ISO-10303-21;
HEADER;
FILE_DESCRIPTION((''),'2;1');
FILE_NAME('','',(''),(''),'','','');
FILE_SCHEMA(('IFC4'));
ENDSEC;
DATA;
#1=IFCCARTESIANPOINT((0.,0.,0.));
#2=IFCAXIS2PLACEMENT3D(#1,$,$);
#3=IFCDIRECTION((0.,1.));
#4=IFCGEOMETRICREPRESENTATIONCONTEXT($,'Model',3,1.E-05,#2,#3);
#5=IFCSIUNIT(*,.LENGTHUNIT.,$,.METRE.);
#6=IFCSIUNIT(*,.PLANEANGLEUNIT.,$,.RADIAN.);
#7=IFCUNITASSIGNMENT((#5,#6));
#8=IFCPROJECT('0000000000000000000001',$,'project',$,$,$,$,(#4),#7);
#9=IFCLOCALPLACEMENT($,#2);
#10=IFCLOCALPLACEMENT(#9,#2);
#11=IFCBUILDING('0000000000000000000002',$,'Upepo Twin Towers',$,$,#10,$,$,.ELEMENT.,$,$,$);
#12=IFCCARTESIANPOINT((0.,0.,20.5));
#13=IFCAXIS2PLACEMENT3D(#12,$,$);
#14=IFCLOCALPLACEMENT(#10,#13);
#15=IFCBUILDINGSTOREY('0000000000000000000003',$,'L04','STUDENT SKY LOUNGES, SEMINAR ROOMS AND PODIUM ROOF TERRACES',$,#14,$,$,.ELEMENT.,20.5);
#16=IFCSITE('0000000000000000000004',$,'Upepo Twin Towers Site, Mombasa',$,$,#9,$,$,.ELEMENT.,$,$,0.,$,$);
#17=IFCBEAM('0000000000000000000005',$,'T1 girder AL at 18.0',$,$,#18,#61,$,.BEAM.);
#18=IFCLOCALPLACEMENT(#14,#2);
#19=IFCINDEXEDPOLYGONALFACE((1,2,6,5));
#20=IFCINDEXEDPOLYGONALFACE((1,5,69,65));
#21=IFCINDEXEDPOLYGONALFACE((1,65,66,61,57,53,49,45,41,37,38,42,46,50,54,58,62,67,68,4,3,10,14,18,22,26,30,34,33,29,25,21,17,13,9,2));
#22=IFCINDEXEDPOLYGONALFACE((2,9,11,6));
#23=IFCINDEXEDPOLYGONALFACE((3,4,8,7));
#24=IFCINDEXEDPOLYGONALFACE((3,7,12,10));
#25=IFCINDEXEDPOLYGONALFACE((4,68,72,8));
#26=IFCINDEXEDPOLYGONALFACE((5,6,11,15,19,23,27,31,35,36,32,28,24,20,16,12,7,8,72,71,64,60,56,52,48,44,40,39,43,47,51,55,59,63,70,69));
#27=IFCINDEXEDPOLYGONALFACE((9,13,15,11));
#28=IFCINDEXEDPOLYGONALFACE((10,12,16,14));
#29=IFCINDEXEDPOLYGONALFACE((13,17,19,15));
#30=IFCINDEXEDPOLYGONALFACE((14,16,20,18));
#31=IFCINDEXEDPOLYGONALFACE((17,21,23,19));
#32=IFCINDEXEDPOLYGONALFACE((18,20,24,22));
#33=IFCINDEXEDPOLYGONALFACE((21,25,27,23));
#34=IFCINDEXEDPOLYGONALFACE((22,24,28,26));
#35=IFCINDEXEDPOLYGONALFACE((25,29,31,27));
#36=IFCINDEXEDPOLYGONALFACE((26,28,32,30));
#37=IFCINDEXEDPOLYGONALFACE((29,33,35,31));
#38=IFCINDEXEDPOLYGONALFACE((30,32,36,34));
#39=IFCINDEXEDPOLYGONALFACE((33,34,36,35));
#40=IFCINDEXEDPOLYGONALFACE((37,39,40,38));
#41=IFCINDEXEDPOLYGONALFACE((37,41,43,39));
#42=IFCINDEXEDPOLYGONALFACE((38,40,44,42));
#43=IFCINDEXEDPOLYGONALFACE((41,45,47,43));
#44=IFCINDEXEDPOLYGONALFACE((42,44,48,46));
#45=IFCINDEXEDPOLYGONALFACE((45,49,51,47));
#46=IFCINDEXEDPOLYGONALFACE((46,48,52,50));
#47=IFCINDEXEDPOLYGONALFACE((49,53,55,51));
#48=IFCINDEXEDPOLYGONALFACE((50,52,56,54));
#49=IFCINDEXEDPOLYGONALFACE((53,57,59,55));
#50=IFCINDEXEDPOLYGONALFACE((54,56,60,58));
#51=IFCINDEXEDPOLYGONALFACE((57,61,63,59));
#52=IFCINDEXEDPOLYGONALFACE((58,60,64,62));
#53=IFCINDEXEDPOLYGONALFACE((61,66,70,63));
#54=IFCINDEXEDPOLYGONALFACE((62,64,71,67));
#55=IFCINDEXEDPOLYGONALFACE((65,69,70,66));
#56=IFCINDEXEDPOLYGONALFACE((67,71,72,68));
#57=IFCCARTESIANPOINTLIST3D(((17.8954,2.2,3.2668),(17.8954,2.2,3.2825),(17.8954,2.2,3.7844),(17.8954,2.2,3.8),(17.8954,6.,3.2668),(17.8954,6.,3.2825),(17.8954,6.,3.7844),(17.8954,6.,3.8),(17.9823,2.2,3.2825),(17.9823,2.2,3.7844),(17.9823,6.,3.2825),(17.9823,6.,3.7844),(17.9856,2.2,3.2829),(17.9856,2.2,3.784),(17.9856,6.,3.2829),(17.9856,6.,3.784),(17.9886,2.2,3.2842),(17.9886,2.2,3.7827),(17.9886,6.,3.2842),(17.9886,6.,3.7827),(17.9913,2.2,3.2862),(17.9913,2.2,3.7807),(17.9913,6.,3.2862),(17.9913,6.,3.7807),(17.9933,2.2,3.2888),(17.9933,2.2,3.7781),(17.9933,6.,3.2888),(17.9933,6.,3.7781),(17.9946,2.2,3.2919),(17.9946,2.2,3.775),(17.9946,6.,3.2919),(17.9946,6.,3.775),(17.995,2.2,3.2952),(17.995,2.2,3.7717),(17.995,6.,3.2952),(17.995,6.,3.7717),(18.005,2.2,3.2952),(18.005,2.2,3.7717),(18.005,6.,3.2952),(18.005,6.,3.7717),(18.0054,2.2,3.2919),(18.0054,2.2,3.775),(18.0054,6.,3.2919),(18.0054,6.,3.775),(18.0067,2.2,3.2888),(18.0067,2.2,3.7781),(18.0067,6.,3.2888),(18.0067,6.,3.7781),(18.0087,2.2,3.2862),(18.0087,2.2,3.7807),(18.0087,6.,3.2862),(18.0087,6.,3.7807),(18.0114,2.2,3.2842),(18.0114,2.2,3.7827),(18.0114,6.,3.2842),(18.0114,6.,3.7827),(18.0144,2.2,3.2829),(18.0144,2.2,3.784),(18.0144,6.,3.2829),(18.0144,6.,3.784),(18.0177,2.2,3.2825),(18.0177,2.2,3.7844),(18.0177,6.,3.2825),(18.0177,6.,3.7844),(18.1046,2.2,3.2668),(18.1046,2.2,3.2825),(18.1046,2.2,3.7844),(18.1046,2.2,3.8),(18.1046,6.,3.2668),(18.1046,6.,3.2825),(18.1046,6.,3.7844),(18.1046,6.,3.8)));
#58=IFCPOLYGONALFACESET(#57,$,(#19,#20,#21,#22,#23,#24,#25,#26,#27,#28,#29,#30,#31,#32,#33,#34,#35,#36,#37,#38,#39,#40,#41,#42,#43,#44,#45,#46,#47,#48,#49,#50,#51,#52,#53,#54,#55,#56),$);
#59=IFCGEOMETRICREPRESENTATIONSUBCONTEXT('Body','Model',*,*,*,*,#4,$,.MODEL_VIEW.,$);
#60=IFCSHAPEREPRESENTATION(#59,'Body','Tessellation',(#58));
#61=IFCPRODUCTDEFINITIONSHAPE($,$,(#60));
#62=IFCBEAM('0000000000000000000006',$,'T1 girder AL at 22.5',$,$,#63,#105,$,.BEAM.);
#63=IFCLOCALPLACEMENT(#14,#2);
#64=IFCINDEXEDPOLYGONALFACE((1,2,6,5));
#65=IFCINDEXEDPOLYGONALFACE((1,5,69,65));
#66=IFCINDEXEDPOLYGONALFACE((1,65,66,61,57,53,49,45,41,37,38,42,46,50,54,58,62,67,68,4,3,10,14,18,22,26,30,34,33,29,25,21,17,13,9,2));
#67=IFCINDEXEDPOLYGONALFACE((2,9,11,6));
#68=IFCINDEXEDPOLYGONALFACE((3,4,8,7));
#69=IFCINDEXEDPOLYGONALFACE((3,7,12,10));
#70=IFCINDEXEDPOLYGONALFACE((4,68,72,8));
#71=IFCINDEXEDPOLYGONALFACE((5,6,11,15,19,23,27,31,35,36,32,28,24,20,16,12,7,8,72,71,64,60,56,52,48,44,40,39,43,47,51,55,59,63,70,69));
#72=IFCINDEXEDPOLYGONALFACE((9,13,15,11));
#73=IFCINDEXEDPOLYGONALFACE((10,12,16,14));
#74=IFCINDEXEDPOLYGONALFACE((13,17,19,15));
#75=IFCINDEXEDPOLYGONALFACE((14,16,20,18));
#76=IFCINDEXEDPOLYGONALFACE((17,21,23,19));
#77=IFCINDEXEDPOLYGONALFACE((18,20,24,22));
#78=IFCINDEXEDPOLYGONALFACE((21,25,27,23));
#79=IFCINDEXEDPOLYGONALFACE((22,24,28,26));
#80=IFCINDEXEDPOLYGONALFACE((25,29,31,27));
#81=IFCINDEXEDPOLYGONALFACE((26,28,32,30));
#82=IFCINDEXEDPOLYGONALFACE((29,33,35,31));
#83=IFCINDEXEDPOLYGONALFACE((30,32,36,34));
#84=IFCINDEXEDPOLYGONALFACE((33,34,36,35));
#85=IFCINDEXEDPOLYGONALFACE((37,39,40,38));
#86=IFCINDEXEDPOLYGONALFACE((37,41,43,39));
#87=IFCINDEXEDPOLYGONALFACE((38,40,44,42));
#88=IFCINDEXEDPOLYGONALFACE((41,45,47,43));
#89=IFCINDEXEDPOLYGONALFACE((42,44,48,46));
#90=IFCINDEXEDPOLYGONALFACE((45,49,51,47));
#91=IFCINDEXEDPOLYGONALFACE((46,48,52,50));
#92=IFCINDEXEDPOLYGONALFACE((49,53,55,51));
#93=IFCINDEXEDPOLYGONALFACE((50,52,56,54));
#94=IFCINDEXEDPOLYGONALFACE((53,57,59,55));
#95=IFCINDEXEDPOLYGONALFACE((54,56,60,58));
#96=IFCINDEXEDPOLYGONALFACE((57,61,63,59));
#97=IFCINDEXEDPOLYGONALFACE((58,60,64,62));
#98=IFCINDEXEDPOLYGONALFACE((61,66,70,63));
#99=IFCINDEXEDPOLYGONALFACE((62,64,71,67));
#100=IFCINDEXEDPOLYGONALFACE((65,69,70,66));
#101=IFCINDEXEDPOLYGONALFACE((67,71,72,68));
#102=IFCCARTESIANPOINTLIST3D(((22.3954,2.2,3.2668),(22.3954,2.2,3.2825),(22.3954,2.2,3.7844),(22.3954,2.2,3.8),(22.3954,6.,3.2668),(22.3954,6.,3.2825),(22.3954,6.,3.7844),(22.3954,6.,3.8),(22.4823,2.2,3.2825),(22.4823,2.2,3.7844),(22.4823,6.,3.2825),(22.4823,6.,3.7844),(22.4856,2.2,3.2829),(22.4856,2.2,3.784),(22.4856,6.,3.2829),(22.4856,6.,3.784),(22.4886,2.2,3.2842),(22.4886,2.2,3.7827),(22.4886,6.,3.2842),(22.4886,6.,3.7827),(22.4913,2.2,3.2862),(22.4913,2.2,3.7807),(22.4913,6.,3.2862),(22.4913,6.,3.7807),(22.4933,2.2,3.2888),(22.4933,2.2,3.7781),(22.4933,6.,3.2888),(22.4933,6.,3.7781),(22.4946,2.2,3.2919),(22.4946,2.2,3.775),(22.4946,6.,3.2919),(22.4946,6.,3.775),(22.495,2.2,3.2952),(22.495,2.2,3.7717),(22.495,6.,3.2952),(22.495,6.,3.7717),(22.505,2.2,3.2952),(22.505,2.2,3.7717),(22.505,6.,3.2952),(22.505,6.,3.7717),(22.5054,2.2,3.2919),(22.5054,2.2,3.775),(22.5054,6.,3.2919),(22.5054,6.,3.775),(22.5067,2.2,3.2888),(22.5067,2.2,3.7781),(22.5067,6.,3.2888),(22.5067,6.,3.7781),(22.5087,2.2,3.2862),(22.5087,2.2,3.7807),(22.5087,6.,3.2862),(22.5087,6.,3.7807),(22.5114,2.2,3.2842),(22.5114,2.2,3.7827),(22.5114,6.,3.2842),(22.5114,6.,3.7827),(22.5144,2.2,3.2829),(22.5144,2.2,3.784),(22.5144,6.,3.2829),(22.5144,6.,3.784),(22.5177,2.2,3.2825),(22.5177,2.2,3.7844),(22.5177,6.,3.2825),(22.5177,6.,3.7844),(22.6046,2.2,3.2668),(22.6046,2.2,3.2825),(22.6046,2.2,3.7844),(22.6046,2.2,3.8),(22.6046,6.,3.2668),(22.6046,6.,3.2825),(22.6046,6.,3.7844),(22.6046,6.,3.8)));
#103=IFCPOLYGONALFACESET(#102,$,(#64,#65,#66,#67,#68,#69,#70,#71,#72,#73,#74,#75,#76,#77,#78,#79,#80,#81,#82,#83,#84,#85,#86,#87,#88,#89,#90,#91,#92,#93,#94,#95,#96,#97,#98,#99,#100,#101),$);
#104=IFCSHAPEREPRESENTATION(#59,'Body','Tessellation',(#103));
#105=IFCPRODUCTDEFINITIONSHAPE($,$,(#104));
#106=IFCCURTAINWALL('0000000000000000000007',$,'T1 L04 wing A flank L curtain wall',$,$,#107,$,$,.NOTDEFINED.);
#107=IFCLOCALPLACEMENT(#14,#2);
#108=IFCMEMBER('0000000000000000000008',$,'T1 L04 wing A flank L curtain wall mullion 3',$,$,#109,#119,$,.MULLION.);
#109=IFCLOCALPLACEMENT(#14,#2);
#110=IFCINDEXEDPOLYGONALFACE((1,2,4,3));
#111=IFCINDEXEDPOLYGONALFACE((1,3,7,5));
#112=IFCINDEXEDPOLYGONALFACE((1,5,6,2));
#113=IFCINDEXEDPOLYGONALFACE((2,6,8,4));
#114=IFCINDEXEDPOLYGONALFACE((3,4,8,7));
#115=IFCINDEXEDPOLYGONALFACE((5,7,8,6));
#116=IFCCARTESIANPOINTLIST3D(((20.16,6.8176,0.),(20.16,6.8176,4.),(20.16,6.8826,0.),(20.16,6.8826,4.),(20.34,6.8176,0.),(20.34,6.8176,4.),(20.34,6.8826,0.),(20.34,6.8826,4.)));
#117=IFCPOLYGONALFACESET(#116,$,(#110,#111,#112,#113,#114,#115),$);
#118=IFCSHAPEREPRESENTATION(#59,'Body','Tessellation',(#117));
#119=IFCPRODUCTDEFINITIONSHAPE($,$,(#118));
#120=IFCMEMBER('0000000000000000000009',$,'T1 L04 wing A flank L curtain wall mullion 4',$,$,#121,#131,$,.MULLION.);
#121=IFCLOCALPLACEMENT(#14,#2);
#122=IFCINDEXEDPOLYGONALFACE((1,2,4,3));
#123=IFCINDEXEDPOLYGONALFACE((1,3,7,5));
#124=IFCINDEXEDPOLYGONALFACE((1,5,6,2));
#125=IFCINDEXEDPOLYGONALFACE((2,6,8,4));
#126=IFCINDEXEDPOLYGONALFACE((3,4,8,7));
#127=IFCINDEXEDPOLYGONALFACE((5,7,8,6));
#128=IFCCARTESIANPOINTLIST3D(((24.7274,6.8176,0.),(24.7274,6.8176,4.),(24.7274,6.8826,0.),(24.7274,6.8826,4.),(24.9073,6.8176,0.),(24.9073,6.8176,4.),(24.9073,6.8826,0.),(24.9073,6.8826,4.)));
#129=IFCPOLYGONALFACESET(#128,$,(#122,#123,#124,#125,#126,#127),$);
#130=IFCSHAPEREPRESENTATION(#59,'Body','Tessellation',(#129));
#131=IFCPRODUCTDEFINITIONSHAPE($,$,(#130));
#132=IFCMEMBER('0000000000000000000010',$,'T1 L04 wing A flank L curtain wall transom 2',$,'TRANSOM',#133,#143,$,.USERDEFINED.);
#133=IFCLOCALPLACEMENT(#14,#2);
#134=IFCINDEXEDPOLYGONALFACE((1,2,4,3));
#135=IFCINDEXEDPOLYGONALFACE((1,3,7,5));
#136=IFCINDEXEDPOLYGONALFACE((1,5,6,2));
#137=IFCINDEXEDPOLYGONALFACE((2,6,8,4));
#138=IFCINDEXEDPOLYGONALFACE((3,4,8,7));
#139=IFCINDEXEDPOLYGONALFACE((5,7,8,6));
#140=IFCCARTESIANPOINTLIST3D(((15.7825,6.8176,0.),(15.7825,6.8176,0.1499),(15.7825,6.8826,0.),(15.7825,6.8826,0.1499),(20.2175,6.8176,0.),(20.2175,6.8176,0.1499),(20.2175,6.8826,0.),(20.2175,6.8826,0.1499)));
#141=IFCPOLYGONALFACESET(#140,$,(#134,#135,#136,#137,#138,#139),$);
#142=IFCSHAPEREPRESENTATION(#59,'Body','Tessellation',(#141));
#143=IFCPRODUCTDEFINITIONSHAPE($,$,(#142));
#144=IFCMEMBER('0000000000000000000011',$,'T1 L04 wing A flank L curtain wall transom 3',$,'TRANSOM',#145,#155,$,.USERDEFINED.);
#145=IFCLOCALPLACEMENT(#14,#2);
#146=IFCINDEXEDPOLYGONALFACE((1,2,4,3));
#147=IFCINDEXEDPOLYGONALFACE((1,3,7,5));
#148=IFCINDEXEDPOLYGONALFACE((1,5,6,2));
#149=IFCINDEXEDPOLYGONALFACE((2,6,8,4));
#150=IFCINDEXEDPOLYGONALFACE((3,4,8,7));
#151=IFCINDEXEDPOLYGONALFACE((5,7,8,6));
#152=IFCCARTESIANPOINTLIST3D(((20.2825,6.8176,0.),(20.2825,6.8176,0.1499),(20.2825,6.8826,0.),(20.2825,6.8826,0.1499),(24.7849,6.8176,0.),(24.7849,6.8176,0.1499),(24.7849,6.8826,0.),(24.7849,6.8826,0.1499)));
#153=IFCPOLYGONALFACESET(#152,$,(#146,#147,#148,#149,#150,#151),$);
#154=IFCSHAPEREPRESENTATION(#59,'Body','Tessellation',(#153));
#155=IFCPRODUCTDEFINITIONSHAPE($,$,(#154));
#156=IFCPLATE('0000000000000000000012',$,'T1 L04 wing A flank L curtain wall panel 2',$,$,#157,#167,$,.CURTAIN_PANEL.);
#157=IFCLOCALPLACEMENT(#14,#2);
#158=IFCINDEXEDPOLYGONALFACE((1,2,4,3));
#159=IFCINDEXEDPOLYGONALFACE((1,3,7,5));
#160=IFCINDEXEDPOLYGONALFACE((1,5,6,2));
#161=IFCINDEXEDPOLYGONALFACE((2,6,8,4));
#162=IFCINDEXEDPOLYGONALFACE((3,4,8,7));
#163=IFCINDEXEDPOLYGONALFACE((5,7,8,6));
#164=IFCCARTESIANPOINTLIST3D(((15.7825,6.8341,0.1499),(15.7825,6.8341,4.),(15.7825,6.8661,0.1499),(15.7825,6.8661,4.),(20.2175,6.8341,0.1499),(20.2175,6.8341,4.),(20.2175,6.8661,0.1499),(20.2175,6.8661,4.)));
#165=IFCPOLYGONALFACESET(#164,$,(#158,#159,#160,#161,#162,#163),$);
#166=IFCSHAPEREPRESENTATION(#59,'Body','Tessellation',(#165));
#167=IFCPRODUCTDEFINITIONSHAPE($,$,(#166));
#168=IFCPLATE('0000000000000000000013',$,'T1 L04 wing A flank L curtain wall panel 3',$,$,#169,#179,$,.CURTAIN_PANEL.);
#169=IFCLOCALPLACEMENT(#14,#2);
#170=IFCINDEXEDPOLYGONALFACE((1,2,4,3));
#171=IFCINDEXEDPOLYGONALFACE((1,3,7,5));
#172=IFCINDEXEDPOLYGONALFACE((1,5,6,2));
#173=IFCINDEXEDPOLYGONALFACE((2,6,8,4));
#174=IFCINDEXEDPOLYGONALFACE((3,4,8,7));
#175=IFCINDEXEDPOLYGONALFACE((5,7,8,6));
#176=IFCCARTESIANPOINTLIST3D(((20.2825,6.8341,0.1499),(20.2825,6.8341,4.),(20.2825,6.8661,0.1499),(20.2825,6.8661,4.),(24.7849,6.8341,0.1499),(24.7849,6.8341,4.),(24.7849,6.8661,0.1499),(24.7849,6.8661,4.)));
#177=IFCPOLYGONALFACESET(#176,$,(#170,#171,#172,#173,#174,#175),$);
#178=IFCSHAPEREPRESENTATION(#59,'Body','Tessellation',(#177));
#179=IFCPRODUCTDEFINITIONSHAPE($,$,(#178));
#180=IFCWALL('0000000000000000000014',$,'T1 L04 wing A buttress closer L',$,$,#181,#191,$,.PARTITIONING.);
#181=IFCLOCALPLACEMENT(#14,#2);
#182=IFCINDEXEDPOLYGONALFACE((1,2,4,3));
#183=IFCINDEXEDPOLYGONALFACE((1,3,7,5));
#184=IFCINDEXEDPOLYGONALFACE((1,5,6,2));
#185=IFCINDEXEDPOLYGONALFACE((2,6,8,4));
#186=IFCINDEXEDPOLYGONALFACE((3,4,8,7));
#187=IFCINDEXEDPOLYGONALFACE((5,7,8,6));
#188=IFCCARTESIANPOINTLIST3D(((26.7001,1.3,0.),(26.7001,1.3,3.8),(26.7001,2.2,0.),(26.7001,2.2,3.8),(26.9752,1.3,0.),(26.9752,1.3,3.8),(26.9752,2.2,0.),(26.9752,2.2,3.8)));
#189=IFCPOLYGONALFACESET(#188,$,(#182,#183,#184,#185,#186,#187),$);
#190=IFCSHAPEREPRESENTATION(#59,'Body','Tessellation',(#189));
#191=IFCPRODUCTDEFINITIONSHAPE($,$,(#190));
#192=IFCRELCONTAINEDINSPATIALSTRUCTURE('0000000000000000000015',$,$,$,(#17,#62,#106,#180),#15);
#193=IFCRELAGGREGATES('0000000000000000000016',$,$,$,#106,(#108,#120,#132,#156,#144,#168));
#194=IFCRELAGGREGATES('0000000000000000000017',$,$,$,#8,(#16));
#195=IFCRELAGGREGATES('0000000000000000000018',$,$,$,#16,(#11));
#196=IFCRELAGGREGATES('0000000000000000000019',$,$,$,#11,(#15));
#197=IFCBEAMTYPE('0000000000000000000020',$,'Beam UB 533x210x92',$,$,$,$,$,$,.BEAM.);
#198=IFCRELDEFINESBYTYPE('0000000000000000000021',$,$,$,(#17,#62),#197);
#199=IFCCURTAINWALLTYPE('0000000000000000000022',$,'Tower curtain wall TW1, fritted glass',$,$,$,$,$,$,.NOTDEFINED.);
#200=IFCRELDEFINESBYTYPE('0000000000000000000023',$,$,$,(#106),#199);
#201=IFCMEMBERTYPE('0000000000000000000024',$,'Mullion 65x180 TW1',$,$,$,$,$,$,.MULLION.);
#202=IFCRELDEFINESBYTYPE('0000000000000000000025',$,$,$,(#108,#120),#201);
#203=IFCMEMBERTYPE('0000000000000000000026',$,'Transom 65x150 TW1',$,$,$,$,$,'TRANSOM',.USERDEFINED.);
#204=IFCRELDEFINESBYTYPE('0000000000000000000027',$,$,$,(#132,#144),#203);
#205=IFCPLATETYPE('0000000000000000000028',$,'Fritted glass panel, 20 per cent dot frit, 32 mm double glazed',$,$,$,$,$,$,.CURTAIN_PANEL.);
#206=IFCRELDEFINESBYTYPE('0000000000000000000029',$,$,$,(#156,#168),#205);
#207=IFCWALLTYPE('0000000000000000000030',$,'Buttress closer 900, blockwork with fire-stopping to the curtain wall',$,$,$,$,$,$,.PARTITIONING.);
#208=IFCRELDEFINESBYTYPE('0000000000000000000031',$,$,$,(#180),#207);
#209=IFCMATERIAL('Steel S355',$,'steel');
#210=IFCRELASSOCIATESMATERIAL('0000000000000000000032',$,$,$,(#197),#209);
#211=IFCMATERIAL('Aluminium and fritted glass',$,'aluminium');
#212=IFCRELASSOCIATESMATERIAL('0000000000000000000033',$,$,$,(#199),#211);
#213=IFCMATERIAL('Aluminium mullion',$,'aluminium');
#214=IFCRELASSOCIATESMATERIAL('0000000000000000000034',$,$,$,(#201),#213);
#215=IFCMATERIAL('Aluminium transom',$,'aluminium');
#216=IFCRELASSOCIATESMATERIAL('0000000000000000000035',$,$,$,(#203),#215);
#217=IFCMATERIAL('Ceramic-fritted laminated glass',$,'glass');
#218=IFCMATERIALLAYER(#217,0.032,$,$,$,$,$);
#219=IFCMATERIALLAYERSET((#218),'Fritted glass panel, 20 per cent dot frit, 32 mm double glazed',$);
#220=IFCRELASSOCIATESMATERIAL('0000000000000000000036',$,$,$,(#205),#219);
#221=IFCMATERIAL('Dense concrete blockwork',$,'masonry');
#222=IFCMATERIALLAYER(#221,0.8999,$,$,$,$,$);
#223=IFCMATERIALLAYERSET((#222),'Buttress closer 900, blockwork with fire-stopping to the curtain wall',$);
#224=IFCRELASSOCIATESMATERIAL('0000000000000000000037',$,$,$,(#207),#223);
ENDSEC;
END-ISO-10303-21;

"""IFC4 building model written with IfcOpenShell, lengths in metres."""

from ifc_helpers import new_model, si_unit, direction, frame, frame_2d, origin, origin_2d, place, context, subcontext, project, spatial, rectangle, i_section, extrude, material, layer, layer_set, material_profile, profile_set, type_object, element, aggregate, save


model = new_model("IFC4")

# Units and contexts
model_context = context("Model", 3, precision=1e-05, world=origin(), true_north=direction((0.0, 1.0)))
body_context = subcontext(model_context, "Body", "Model", "MODEL_VIEW")
ifc_project = project(units=[si_unit("LENGTHUNIT", "METRE"), si_unit("PLANEANGLEUNIT", "RADIAN")], contexts=[model_context])

# Site, building, storey
site_placement = place(None, origin())
site = spatial("IfcSite", under=ifc_project, at=site_placement, Name="Upepo Twin Towers Site, Mombasa", CompositionType="ELEMENT", RefElevation=0.0)
building_placement = place(site_placement, origin())
building = spatial("IfcBuilding", under=site, at=building_placement, Name="Upepo Twin Towers", CompositionType="ELEMENT")
storey_placement = place(building_placement, frame((0.0, 0.0, 20.5)))
storey = spatial("IfcBuildingStorey", under=building, at=storey_placement, Name="L04", Description="STUDENT SKY LOUNGES, SEMINAR ROOMS AND PODIUM ROOF TERRACES", CompositionType="ELEMENT", Elevation=20.5)

# Beams
ifc_material_1 = material(Name="Steel S355", Category="steel")
ifc_material_profile_1 = material_profile(ifc_material_1, i_section(OverallWidth=0.2092, OverallDepth=0.5332, WebThickness=0.01, FlangeThickness=0.0156, FilletRadius=0.0127, at=origin_2d()), Name="UB 533x210x92")
ifc_profile_set_1 = profile_set([ifc_material_profile_1], Name="Steel S355")
beam_type_1 = type_object("IfcBeamType", Name="Beam UB 533x210x92", PredefinedType="BEAM", material=ifc_profile_set_1)
for number, where, z_axis, x_axis, name in (
    (1, (18.0, 6.0, 3.5334), (0.0, -1.0, 0.0), (1.0, 0.0, 0.0), "T1 girder AL at 18.0"),
    (2, (22.5, 6.0, 3.5334), (0.0, -1.0, 0.0), (1.0, 0.0, 0.0), "T1 girder AL at 22.5"),
):
    element("IfcBeam", number, at=place(storey_placement, frame(where, z_axis=z_axis, x_axis=x_axis)), inside=storey, type_object=beam_type_1, Name=name, PredefinedType="BEAM", context=body_context, shape_type="SweptSolid", body=[
        extrude(i_section(OverallWidth=0.2092, OverallDepth=0.5332, WebThickness=0.01, FlangeThickness=0.0156, FilletRadius=0.0127, at=origin_2d()), origin(), (0.0, 0.0, 1.0), 3.8),
    ])

# Curtain wall, members, plates
ifc_material_2 = material(Name="Aluminium and fritted glass", Category="aluminium")
curtain_wall_type = type_object("IfcCurtainWallType", Name="Tower curtain wall TW1, fritted glass", PredefinedType="NOTDEFINED", material=ifc_material_2)
curtain_wall_placement = place(storey_placement, origin())
curtain_wall = element("IfcCurtainWall", 3, at=curtain_wall_placement, inside=storey, type_object=curtain_wall_type, Name="T1 L04 wing A flank L curtain wall", PredefinedType="NOTDEFINED")
ifc_material_3 = material(Name="Aluminium mullion", Category="aluminium")
ifc_material_profile_2 = material_profile(ifc_material_3, rectangle(XDim=0.0649, YDim=0.1799, at=origin_2d()), Name="MULLION 65x180")
ifc_profile_set_2 = profile_set([ifc_material_profile_2], Name="Aluminium mullion")
member_type_1 = type_object("IfcMemberType", Name="Mullion 65x180 TW1", PredefinedType="MULLION", material=ifc_profile_set_2)
member_1_placement = place(storey_placement, frame((20.25, 6.8501, 0.0), z_axis=(0.0, 0.0, 1.0), x_axis=(0.0, 1.0, 0.0)))
member_1 = element("IfcMember", 4, at=member_1_placement, type_object=member_type_1, Name="T1 L04 wing A flank L curtain wall mullion 3", PredefinedType="MULLION", context=body_context, shape_type="SweptSolid", body=[
    extrude(rectangle(XDim=0.0649, YDim=0.1799, at=origin_2d()), origin(), (0.0, 0.0, 1.0), 4.0),
])
member_2_placement = place(storey_placement, frame((24.8174, 6.8501, 0.0), z_axis=(0.0, 0.0, 1.0), x_axis=(0.0, 1.0, 0.0)))
member_2 = element("IfcMember", 5, at=member_2_placement, type_object=member_type_1, Name="T1 L04 wing A flank L curtain wall mullion 4", PredefinedType="MULLION", context=body_context, shape_type="SweptSolid", body=[
    extrude(rectangle(XDim=0.0649, YDim=0.1799, at=origin_2d()), origin(), (0.0, 0.0, 1.0), 4.0),
])
ifc_material_4 = material(Name="Aluminium transom", Category="aluminium")
ifc_material_profile_3 = material_profile(ifc_material_4, rectangle(XDim=0.0649, YDim=0.1499, at=origin_2d()), Name="TRANSOM 65x150")
ifc_profile_set_3 = profile_set([ifc_material_profile_3], Name="Aluminium transom")
member_type_2 = type_object("IfcMemberType", Name="Transom 65x150 TW1", ElementType="TRANSOM", PredefinedType="USERDEFINED", material=ifc_profile_set_3)
member_3_placement = place(storey_placement, frame((15.7825, 6.8501, 0.075), z_axis=(1.0, 0.0, 0.0), x_axis=(0.0, 1.0, 0.0)))
member_3 = element("IfcMember", 6, at=member_3_placement, type_object=member_type_2, Name="T1 L04 wing A flank L curtain wall transom 2", ObjectType="TRANSOM", PredefinedType="USERDEFINED", context=body_context, shape_type="SweptSolid", body=[
    extrude(rectangle(XDim=0.0649, YDim=0.1499, at=origin_2d()), origin(), (0.0, 0.0, 1.0), 4.4351),
])
member_4_placement = place(storey_placement, frame((20.2825, 6.8501, 0.075), z_axis=(1.0, 0.0, 0.0), x_axis=(0.0, 1.0, 0.0)))
member_4 = element("IfcMember", 7, at=member_4_placement, type_object=member_type_2, Name="T1 L04 wing A flank L curtain wall transom 3", ObjectType="TRANSOM", PredefinedType="USERDEFINED", context=body_context, shape_type="SweptSolid", body=[
    extrude(rectangle(XDim=0.0649, YDim=0.1499, at=origin_2d()), origin(), (0.0, 0.0, 1.0), 4.5024),
])
ifc_material_5 = material(Name="Ceramic-fritted laminated glass", Category="glass")
ifc_layer_1 = layer(ifc_material_5, 0.032)
ifc_layer_set_1 = layer_set([ifc_layer_1], Name="Fritted glass panel, 20 per cent dot frit, 32 mm double glazed")
plate_type = type_object("IfcPlateType", Name="Fritted glass panel, 20 per cent dot frit, 32 mm double glazed", PredefinedType="CURTAIN_PANEL", material=ifc_layer_set_1)
plate_1_placement = place(storey_placement, frame((18.0, 6.8501, 0.1499), z_axis=(0.0, 0.0, 1.0), x_axis=(1.0, 0.0, 0.0)))
plate_1 = element("IfcPlate", 8, at=plate_1_placement, type_object=plate_type, Name="T1 L04 wing A flank L curtain wall panel 2", PredefinedType="CURTAIN_PANEL", context=body_context, shape_type="SweptSolid", body=[
    extrude(rectangle(XDim=4.4351, YDim=0.032, at=origin_2d()), origin(), (0.0, 0.0, 1.0), 3.8501),
])
plate_2_placement = place(storey_placement, frame((22.5337, 6.8501, 0.1499), z_axis=(0.0, 0.0, 1.0), x_axis=(1.0, 0.0, 0.0)))
plate_2 = element("IfcPlate", 9, at=plate_2_placement, type_object=plate_type, Name="T1 L04 wing A flank L curtain wall panel 3", PredefinedType="CURTAIN_PANEL", context=body_context, shape_type="SweptSolid", body=[
    extrude(rectangle(XDim=4.5024, YDim=0.032, at=origin_2d()), origin(), (0.0, 0.0, 1.0), 3.8501),
])
aggregate(curtain_wall, [member_1, member_2, member_3, plate_1, member_4, plate_2])

# Wall
ifc_material_6 = material(Name="Dense concrete blockwork", Category="masonry")
ifc_layer_2 = layer(ifc_material_6, 0.8999)
ifc_layer_set_2 = layer_set([ifc_layer_2], Name="Buttress closer 900, blockwork with fire-stopping to the curtain wall")
wall_type_1 = type_object("IfcWallType", Name="Buttress closer 900, blockwork with fire-stopping to the curtain wall", PredefinedType="PARTITIONING", material=ifc_layer_set_2)
wall_placement = place(storey_placement, frame((26.7, 1.75, 0.0), z_axis=(0.0, 0.0, 1.0), x_axis=(1.0, 0.0, 0.0)))
element("IfcWall", 10, at=wall_placement, inside=storey, type_object=wall_type_1, Name="T1 L04 wing A buttress closer L", PredefinedType="PARTITIONING", context=body_context, shape_type="SweptSolid", body=[
    extrude(rectangle(XDim=0.2751, YDim=0.8999, at=frame_2d((0.1377, 0.0))), origin(), (0.0, 0.0, 1.0), 3.8),
])

save(model, "model.ifc")
